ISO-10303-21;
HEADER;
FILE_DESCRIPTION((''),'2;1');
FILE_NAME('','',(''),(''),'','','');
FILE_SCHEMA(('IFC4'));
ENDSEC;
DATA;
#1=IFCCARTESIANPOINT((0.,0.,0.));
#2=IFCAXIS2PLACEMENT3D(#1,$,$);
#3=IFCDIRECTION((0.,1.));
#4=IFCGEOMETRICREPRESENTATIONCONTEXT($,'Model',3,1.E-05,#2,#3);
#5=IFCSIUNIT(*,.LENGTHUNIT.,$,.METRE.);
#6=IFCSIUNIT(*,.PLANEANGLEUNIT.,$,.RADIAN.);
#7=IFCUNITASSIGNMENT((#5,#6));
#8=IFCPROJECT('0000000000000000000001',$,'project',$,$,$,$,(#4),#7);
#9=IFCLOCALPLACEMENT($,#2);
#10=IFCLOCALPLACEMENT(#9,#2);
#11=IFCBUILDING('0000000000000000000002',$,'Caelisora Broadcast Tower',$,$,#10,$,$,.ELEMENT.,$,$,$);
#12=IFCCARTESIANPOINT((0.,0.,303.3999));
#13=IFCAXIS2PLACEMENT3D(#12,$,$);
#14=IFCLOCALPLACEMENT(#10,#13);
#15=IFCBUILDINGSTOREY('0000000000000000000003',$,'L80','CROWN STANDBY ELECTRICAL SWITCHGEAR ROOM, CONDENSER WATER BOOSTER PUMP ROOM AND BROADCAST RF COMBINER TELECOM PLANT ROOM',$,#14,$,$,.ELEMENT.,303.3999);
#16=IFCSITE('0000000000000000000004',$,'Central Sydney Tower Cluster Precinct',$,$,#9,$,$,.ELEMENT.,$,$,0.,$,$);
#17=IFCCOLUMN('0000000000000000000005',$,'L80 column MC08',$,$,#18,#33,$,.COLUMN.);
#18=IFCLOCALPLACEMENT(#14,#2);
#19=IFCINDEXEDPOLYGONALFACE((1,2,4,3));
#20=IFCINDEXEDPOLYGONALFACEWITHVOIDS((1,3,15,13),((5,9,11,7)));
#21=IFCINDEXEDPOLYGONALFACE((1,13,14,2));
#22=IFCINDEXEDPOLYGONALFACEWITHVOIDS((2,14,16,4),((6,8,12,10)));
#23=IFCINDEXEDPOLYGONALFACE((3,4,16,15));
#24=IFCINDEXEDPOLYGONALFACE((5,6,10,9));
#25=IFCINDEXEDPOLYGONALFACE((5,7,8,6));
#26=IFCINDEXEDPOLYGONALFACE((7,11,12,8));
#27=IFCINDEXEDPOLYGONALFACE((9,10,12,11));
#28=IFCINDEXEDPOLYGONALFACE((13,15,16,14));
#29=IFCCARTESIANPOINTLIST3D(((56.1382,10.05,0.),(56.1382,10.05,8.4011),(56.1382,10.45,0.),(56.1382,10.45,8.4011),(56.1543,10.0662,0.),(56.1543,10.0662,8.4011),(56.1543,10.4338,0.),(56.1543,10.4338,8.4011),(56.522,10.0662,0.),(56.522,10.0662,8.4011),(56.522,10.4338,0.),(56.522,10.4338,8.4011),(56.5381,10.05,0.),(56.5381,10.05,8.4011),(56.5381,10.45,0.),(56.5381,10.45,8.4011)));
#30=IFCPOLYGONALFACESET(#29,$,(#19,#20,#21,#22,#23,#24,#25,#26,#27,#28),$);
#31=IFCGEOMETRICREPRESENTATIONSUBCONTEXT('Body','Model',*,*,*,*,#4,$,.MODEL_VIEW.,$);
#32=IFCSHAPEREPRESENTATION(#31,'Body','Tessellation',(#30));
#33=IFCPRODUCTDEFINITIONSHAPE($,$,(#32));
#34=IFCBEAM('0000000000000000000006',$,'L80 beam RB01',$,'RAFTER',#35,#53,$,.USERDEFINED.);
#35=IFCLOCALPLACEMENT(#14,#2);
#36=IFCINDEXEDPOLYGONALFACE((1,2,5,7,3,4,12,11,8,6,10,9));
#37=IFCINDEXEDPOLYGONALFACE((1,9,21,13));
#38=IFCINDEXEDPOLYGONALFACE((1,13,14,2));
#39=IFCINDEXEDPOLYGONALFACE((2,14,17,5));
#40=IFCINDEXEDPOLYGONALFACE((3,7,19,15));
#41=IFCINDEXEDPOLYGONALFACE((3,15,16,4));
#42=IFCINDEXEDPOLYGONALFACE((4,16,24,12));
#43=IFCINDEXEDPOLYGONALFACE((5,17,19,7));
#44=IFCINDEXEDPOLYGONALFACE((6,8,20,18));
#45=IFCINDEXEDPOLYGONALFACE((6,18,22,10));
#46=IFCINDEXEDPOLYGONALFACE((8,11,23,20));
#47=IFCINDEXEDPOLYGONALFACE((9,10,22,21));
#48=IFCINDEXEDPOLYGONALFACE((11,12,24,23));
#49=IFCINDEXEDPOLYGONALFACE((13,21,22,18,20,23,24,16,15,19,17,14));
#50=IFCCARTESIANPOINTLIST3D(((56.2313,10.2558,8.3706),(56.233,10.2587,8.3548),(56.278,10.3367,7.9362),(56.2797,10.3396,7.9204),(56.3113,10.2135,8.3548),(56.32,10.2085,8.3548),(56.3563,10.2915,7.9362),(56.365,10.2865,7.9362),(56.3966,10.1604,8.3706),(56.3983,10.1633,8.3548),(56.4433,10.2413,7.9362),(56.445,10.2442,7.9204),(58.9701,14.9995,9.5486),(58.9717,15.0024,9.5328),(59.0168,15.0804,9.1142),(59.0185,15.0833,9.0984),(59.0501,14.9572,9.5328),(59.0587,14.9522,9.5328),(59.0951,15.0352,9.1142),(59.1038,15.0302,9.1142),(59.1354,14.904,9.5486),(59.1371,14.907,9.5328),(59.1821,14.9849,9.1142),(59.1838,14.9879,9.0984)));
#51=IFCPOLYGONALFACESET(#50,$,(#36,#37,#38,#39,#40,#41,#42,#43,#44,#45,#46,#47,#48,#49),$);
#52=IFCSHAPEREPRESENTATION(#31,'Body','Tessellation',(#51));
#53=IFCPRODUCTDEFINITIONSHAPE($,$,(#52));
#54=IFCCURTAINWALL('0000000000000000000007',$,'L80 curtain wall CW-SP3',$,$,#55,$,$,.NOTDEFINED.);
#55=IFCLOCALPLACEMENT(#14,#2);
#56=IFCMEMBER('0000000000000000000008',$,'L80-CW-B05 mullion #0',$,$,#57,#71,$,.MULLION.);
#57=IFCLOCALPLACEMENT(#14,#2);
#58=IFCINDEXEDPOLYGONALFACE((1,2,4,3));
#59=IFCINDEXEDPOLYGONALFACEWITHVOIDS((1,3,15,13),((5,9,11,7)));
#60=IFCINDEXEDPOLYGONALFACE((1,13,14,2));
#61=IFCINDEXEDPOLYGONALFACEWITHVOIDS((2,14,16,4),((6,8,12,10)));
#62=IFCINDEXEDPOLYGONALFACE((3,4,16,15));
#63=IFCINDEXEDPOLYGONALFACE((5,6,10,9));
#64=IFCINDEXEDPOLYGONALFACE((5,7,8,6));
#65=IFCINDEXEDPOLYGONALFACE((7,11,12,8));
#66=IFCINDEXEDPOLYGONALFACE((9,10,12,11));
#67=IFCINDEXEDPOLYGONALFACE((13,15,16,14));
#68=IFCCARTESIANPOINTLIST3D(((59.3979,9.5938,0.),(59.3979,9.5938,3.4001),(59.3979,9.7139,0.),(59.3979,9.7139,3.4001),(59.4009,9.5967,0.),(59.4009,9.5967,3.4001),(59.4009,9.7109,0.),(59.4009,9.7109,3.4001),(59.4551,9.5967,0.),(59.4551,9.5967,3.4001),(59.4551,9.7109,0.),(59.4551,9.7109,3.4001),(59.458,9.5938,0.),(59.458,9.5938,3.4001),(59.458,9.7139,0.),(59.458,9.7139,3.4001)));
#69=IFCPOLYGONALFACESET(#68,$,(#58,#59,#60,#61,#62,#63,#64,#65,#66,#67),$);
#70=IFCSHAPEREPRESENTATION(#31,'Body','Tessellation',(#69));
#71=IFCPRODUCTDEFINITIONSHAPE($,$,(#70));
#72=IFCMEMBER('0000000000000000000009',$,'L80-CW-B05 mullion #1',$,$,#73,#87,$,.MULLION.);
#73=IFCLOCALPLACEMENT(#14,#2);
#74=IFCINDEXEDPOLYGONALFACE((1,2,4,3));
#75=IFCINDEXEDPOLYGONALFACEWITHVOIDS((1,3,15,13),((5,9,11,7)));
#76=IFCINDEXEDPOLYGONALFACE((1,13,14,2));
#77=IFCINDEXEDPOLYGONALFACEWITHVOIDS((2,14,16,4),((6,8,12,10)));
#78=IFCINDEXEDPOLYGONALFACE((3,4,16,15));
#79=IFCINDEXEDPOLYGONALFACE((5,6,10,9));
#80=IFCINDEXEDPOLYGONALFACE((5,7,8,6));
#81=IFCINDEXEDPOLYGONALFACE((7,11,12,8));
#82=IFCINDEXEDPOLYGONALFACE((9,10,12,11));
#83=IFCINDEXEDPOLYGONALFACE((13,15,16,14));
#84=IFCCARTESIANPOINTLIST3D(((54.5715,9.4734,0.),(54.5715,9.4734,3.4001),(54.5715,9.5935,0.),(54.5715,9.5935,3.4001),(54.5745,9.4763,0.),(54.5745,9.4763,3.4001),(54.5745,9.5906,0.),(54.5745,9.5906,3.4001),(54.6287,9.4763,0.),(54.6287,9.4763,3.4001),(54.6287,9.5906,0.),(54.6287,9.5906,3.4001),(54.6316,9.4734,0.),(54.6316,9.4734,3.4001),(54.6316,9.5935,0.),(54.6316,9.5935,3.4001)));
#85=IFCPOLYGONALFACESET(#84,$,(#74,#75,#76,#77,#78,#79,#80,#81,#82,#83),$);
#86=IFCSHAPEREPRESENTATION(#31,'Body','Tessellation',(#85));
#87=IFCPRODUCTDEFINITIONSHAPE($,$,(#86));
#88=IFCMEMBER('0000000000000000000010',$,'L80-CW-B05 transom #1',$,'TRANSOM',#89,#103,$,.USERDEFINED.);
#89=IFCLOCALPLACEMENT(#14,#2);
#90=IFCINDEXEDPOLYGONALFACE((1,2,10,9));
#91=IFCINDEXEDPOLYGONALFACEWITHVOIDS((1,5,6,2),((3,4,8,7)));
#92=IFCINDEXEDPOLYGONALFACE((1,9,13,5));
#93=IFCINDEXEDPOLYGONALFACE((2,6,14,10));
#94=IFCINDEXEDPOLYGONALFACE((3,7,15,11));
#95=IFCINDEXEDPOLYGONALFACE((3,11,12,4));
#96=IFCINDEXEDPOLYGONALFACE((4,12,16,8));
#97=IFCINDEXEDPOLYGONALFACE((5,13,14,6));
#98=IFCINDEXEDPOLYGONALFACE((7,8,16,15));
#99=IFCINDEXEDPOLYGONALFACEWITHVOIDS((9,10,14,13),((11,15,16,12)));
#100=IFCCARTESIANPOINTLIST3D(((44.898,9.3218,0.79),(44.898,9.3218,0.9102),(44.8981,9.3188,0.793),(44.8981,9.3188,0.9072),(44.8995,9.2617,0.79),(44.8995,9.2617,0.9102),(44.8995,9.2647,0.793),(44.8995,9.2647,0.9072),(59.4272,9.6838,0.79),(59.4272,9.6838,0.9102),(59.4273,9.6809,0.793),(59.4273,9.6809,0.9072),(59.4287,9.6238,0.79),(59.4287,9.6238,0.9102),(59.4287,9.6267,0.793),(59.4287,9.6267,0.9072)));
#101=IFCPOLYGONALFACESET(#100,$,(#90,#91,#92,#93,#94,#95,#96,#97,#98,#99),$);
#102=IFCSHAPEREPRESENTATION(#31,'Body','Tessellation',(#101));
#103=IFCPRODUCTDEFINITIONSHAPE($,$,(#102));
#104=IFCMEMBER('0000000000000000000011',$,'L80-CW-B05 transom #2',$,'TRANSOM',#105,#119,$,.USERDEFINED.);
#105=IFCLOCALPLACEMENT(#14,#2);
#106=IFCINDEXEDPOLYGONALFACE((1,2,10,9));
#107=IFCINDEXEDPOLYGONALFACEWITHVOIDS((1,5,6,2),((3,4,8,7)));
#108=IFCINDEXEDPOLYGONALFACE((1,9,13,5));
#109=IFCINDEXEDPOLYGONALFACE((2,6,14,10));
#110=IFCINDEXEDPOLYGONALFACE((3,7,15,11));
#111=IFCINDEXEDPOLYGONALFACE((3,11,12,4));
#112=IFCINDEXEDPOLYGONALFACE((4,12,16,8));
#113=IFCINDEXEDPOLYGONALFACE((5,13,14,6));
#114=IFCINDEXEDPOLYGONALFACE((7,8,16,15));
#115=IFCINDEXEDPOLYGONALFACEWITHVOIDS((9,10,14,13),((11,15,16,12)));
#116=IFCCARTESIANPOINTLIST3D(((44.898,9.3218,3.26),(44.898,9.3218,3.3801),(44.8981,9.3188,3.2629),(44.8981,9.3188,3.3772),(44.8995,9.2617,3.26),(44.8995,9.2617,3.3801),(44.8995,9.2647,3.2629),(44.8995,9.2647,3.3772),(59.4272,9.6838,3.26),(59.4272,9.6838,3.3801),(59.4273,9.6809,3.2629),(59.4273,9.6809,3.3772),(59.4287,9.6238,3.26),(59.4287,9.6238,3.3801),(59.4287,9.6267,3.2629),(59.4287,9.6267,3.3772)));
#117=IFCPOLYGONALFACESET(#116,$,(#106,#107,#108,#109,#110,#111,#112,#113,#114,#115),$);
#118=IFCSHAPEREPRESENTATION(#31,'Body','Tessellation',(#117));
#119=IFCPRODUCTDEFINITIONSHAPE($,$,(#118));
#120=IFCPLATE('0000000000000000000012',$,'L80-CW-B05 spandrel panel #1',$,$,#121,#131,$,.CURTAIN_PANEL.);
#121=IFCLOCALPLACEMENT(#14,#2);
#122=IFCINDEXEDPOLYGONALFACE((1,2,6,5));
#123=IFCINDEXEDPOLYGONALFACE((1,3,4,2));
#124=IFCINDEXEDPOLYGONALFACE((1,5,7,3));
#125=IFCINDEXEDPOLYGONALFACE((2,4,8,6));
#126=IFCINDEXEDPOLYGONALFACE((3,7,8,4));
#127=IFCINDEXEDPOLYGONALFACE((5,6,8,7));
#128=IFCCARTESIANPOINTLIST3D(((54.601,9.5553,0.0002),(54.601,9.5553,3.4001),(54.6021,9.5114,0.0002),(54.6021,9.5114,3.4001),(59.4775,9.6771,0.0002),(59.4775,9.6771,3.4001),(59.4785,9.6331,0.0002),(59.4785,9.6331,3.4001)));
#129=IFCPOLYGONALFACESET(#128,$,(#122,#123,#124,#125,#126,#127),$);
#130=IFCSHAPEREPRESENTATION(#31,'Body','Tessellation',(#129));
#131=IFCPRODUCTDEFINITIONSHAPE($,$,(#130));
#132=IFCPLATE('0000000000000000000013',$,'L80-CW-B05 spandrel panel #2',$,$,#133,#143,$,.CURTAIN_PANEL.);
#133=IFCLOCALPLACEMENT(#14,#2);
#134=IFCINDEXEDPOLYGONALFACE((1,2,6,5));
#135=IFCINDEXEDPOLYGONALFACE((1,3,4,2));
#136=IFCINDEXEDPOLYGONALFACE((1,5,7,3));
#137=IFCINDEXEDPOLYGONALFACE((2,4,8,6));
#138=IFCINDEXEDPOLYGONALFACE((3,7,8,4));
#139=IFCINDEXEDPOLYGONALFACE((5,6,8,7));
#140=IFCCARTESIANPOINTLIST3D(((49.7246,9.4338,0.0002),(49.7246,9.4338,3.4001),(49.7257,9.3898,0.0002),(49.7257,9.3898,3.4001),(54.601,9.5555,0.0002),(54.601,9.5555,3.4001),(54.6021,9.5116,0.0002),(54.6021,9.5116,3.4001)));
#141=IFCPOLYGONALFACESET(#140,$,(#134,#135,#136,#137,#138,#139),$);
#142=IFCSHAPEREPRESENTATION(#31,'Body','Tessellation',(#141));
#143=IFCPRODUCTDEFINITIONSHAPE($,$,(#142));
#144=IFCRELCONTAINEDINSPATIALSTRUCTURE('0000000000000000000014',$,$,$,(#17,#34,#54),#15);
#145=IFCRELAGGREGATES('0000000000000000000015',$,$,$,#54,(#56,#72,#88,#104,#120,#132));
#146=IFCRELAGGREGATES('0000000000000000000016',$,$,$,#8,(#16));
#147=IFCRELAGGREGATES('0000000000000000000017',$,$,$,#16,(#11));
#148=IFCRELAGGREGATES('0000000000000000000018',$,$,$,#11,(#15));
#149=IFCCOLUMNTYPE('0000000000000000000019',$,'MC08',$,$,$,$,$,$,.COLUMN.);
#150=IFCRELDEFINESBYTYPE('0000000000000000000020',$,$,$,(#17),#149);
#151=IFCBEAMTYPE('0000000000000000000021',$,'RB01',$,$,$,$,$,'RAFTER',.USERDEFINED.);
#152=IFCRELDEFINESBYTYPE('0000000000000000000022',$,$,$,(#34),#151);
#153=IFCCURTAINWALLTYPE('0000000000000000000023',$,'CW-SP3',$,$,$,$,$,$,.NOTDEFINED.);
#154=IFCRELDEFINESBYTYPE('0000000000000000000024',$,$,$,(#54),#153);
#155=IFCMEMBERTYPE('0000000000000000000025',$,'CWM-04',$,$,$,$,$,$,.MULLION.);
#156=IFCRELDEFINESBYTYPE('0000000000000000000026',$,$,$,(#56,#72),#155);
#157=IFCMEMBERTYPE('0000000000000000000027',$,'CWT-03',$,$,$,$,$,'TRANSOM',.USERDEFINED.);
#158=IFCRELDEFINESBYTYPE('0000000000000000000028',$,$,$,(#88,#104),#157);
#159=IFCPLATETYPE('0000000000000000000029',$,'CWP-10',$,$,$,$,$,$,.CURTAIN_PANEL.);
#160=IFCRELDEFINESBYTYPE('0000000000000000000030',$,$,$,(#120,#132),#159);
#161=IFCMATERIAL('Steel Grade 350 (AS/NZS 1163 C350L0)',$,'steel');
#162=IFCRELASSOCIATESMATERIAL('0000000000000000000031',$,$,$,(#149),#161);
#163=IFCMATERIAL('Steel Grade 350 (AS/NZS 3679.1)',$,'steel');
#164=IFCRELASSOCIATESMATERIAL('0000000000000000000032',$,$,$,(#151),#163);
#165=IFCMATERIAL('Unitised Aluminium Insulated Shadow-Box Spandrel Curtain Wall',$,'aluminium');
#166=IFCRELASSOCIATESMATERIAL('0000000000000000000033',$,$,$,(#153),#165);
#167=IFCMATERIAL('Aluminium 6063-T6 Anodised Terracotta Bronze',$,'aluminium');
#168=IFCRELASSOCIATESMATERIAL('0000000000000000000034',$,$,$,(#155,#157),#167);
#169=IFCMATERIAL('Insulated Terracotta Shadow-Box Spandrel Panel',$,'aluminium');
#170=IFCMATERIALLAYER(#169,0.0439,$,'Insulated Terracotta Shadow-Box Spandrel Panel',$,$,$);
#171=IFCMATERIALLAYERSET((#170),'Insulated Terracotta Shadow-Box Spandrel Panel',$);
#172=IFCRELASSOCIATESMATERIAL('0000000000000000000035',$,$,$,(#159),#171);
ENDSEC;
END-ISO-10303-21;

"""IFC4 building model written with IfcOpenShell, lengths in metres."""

from ifc_helpers import new_model, si_unit, direction, frame, origin, origin_2d, place, context, subcontext, project, spatial, rectangle, hollow_rectangle, i_section, extrude, source, transform, mapped, material, layer, layer_set, material_profile, profile_set, type_object, type_shapes, element, aggregate, save


model = new_model("IFC4")

# Units and contexts
model_context = context("Model", 3, precision=1e-05, world=origin(), true_north=direction((0.0, 1.0)))
body_context = subcontext(model_context, "Body", "Model", "MODEL_VIEW")
ifc_project = project(units=[si_unit("LENGTHUNIT", "METRE"), si_unit("PLANEANGLEUNIT", "RADIAN")], contexts=[model_context])

# Site, building, storey
site_placement = place(None, origin())
site = spatial("IfcSite", under=ifc_project, at=site_placement, Name="Central Sydney Tower Cluster Precinct", CompositionType="ELEMENT", RefElevation=0.0)
building_placement = place(site_placement, origin())
building = spatial("IfcBuilding", under=site, at=building_placement, Name="Caelisora Broadcast Tower", CompositionType="ELEMENT")
storey_placement = place(building_placement, frame((0.0, 0.0, 303.3999)))
storey = spatial("IfcBuildingStorey", under=building, at=storey_placement, Name="L80", Description="CROWN STANDBY ELECTRICAL SWITCHGEAR ROOM, CONDENSER WATER BOOSTER PUMP ROOM AND BROADCAST RF COMBINER TELECOM PLANT ROOM", CompositionType="ELEMENT", Elevation=303.3999)

# Column
ifc_material_1 = material(Name="Steel Grade 350 (AS/NZS 1163 C350L0)", Category="steel")
ifc_material_profile_1 = material_profile(ifc_material_1, hollow_rectangle(XDim=0.3999, YDim=0.3999, WallThickness=0.0161, at=origin_2d()), Name="Steel Grade 350 (AS/NZS 1163 C350L0)")
ifc_profile_set_1 = profile_set([ifc_material_profile_1], Name="Steel Grade 350 (AS/NZS 1163 C350L0)")
column_type = type_object("IfcColumnType", Name="MC08", PredefinedType="COLUMN", material=ifc_profile_set_1)
shared_shape_1 = source(origin(), body_context, "Body", "SweptSolid", [
    extrude(hollow_rectangle(XDim=0.3999, YDim=0.3999, WallThickness=0.0161, at=origin_2d()), origin(), (0.0, 0.0, 1.0), 8.4011),
])
type_shapes(column_type, [shared_shape_1])
column_placement = place(storey_placement, frame((56.3381, 10.25, 0.0), z_axis=(0.0, 0.0, 1.0), x_axis=(1.0, 0.0, 0.0)))
element("IfcColumn", 1, at=column_placement, inside=storey, type_object=column_type, Name="L80 column MC08", PredefinedType="COLUMN", context=body_context, shape_type="MappedRepresentation", body=[
    mapped(shared_shape_1, transform((0.0, 0.0, 0.0), scale=1.0)),
])

# Beam
ifc_material_2 = material(Name="Steel Grade 350 (AS/NZS 3679.1)", Category="steel")
ifc_material_profile_2 = material_profile(ifc_material_2, i_section(OverallWidth=0.1909, OverallDepth=0.4604, WebThickness=0.01, FlangeThickness=0.0161, at=origin_2d()), Name="Steel Grade 350 (AS/NZS 3679.1)")
ifc_profile_set_2 = profile_set([ifc_material_profile_2], Name="Steel Grade 350 (AS/NZS 3679.1)")
beam_type = type_object("IfcBeamType", Name="RB01", ElementType="RAFTER", PredefinedType="USERDEFINED", material=ifc_profile_set_2)
shared_shape_2 = source(origin(), body_context, "Body", "SweptSolid", [
    extrude(i_section(OverallWidth=0.1909, OverallDepth=0.4604, WebThickness=0.01, FlangeThickness=0.0161, at=origin_2d()), origin(), (0.0, 0.0, 1.0), 5.6028),
])
type_shapes(beam_type, [shared_shape_2])
beam_placement = place(storey_placement, frame((56.3381, 10.25, 8.1455), z_axis=(0.488827, 0.846666, 0.21025), x_axis=(-0.866024, 0.500003, 0.0)))
element("IfcBeam", 2, at=beam_placement, inside=storey, type_object=beam_type, Name="L80 beam RB01", ObjectType="RAFTER", PredefinedType="USERDEFINED", context=body_context, shape_type="MappedRepresentation", body=[
    mapped(shared_shape_2, transform((0.0, 0.0, 0.0), scale=1.0)),
])

# Curtain wall, members, plates
ifc_material_3 = material(Name="Unitised Aluminium Insulated Shadow-Box Spandrel Curtain Wall", Category="aluminium")
curtain_wall_type = type_object("IfcCurtainWallType", Name="CW-SP3", PredefinedType="NOTDEFINED", material=ifc_material_3)
curtain_wall_placement = place(storey_placement, origin())
curtain_wall = element("IfcCurtainWall", 3, at=curtain_wall_placement, inside=storey, type_object=curtain_wall_type, Name="L80 curtain wall CW-SP3", PredefinedType="NOTDEFINED")
ifc_material_4 = material(Name="Aluminium 6063-T6 Anodised Terracotta Bronze", Category="aluminium")
ifc_material_profile_3 = material_profile(ifc_material_4, hollow_rectangle(XDim=0.0601, YDim=0.1201, WallThickness=0.0029, at=origin_2d()), Name="Aluminium 6063-T6 Anodised Terracotta Bronze")
ifc_profile_set_3 = profile_set([ifc_material_profile_3], Name="Aluminium 6063-T6 Anodised Terracotta Bronze")
member_type_1 = type_object("IfcMemberType", Name="CWM-04", PredefinedType="MULLION", material=ifc_profile_set_3)
shared_shape_3 = source(origin(), body_context, "Body", "SweptSolid", [
    extrude(hollow_rectangle(XDim=0.0601, YDim=0.1201, WallThickness=0.0029, at=origin_2d()), origin(), (0.0, 0.0, 1.0), 3.4001),
])
type_shapes(member_type_1, [shared_shape_3])
member_1_placement = place(storey_placement, frame((59.428, 9.6538, 0.0), z_axis=(0.0, 0.0, 1.0), x_axis=(1.0, 0.0, 0.0)))
member_1 = element("IfcMember", 4, at=member_1_placement, type_object=member_type_1, Name="L80-CW-B05 mullion #0", PredefinedType="MULLION", context=body_context, shape_type="MappedRepresentation", body=[
    mapped(shared_shape_3, transform((0.0, 0.0, 0.0), scale=1.0)),
])
member_2_placement = place(storey_placement, frame((54.6016, 9.5334, 0.0), z_axis=(0.0, 0.0, 1.0), x_axis=(1.0, 0.0, 0.0)))
member_2 = element("IfcMember", 5, at=member_2_placement, type_object=member_type_1, Name="L80-CW-B05 mullion #1", PredefinedType="MULLION", context=body_context, shape_type="MappedRepresentation", body=[
    mapped(shared_shape_3, transform((0.0, 0.0, 0.0), scale=1.0)),
])
ifc_material_profile_4 = material_profile(ifc_material_4, hollow_rectangle(XDim=0.0601, YDim=0.1201, WallThickness=0.0029, at=origin_2d()), Name="Aluminium 6063-T6 Anodised Terracotta Bronze")
ifc_profile_set_4 = profile_set([ifc_material_profile_4], Name="Aluminium 6063-T6 Anodised Terracotta Bronze")
member_type_2 = type_object("IfcMemberType", Name="CWT-03", ElementType="TRANSOM", PredefinedType="USERDEFINED", material=ifc_profile_set_4)
shared_shape_4 = source(origin(), body_context, "Body", "SweptSolid", [
    extrude(hollow_rectangle(XDim=0.0601, YDim=0.1201, WallThickness=0.0029, at=origin_2d()), origin(), (0.0, 0.0, 1.0), 14.5337),
])
type_shapes(member_type_2, [shared_shape_4])
member_3_placement = place(storey_placement, frame((59.428, 9.6538, 0.8501), z_axis=(-0.99969, -0.024912, 0.0), x_axis=(0.024912, -0.99969, 0.0)))
member_3 = element("IfcMember", 6, at=member_3_placement, type_object=member_type_2, Name="L80-CW-B05 transom #1", ObjectType="TRANSOM", PredefinedType="USERDEFINED", context=body_context, shape_type="MappedRepresentation", body=[
    mapped(shared_shape_4, transform((0.0, 0.0, 0.0), scale=1.0)),
])
member_4_placement = place(storey_placement, frame((59.428, 9.6538, 3.3201), z_axis=(-0.99969, -0.024912, 0.0), x_axis=(0.024912, -0.99969, 0.0)))
member_4 = element("IfcMember", 7, at=member_4_placement, type_object=member_type_2, Name="L80-CW-B05 transom #2", ObjectType="TRANSOM", PredefinedType="USERDEFINED", context=body_context, shape_type="MappedRepresentation", body=[
    mapped(shared_shape_4, transform((0.0, 0.0, 0.0), scale=1.0)),
])
ifc_material_5 = material(Name="Insulated Terracotta Shadow-Box Spandrel Panel", Category="aluminium")
ifc_layer_1 = layer(ifc_material_5, 0.0439, Name="Insulated Terracotta Shadow-Box Spandrel Panel")
ifc_layer_set_1 = layer_set([ifc_layer_1], Name="Insulated Terracotta Shadow-Box Spandrel Panel")
plate_type = type_object("IfcPlateType", Name="CWP-10", PredefinedType="CURTAIN_PANEL", material=ifc_layer_set_1)
shared_shape_5 = source(origin(), body_context, "Body", "SweptSolid", [
    extrude(rectangle(XDim=4.8779, YDim=0.0439, at=origin_2d()), origin(), (0.0, 0.0, 1.0), 3.3999),
])
type_shapes(plate_type, [shared_shape_5])
plate_1_placement = place(storey_placement, frame((57.0398, 9.5942, 0.0002), z_axis=(0.0, 0.0, 1.0), x_axis=(-0.999689, -0.024956, 0.0)))
plate_1 = element("IfcPlate", 8, at=plate_1_placement, type_object=plate_type, Name="L80-CW-B05 spandrel panel #1", PredefinedType="CURTAIN_PANEL", context=body_context, shape_type="MappedRepresentation", body=[
    mapped(shared_shape_5, transform((0.0, 0.0, 0.0), scale=1.0)),
])
plate_2_placement = place(storey_placement, frame((52.1633, 9.4727, 0.0002), z_axis=(0.0, 0.0, 1.0), x_axis=(-0.999689, -0.024956, 0.0)))
plate_2 = element("IfcPlate", 9, at=plate_2_placement, type_object=plate_type, Name="L80-CW-B05 spandrel panel #2", PredefinedType="CURTAIN_PANEL", context=body_context, shape_type="MappedRepresentation", body=[
    mapped(shared_shape_5, transform((0.0, 0.0, 0.0), scale=1.0)),
])
aggregate(curtain_wall, [member_1, member_2, member_3, member_4, plate_1, plate_2])

save(model, "model.ifc")
